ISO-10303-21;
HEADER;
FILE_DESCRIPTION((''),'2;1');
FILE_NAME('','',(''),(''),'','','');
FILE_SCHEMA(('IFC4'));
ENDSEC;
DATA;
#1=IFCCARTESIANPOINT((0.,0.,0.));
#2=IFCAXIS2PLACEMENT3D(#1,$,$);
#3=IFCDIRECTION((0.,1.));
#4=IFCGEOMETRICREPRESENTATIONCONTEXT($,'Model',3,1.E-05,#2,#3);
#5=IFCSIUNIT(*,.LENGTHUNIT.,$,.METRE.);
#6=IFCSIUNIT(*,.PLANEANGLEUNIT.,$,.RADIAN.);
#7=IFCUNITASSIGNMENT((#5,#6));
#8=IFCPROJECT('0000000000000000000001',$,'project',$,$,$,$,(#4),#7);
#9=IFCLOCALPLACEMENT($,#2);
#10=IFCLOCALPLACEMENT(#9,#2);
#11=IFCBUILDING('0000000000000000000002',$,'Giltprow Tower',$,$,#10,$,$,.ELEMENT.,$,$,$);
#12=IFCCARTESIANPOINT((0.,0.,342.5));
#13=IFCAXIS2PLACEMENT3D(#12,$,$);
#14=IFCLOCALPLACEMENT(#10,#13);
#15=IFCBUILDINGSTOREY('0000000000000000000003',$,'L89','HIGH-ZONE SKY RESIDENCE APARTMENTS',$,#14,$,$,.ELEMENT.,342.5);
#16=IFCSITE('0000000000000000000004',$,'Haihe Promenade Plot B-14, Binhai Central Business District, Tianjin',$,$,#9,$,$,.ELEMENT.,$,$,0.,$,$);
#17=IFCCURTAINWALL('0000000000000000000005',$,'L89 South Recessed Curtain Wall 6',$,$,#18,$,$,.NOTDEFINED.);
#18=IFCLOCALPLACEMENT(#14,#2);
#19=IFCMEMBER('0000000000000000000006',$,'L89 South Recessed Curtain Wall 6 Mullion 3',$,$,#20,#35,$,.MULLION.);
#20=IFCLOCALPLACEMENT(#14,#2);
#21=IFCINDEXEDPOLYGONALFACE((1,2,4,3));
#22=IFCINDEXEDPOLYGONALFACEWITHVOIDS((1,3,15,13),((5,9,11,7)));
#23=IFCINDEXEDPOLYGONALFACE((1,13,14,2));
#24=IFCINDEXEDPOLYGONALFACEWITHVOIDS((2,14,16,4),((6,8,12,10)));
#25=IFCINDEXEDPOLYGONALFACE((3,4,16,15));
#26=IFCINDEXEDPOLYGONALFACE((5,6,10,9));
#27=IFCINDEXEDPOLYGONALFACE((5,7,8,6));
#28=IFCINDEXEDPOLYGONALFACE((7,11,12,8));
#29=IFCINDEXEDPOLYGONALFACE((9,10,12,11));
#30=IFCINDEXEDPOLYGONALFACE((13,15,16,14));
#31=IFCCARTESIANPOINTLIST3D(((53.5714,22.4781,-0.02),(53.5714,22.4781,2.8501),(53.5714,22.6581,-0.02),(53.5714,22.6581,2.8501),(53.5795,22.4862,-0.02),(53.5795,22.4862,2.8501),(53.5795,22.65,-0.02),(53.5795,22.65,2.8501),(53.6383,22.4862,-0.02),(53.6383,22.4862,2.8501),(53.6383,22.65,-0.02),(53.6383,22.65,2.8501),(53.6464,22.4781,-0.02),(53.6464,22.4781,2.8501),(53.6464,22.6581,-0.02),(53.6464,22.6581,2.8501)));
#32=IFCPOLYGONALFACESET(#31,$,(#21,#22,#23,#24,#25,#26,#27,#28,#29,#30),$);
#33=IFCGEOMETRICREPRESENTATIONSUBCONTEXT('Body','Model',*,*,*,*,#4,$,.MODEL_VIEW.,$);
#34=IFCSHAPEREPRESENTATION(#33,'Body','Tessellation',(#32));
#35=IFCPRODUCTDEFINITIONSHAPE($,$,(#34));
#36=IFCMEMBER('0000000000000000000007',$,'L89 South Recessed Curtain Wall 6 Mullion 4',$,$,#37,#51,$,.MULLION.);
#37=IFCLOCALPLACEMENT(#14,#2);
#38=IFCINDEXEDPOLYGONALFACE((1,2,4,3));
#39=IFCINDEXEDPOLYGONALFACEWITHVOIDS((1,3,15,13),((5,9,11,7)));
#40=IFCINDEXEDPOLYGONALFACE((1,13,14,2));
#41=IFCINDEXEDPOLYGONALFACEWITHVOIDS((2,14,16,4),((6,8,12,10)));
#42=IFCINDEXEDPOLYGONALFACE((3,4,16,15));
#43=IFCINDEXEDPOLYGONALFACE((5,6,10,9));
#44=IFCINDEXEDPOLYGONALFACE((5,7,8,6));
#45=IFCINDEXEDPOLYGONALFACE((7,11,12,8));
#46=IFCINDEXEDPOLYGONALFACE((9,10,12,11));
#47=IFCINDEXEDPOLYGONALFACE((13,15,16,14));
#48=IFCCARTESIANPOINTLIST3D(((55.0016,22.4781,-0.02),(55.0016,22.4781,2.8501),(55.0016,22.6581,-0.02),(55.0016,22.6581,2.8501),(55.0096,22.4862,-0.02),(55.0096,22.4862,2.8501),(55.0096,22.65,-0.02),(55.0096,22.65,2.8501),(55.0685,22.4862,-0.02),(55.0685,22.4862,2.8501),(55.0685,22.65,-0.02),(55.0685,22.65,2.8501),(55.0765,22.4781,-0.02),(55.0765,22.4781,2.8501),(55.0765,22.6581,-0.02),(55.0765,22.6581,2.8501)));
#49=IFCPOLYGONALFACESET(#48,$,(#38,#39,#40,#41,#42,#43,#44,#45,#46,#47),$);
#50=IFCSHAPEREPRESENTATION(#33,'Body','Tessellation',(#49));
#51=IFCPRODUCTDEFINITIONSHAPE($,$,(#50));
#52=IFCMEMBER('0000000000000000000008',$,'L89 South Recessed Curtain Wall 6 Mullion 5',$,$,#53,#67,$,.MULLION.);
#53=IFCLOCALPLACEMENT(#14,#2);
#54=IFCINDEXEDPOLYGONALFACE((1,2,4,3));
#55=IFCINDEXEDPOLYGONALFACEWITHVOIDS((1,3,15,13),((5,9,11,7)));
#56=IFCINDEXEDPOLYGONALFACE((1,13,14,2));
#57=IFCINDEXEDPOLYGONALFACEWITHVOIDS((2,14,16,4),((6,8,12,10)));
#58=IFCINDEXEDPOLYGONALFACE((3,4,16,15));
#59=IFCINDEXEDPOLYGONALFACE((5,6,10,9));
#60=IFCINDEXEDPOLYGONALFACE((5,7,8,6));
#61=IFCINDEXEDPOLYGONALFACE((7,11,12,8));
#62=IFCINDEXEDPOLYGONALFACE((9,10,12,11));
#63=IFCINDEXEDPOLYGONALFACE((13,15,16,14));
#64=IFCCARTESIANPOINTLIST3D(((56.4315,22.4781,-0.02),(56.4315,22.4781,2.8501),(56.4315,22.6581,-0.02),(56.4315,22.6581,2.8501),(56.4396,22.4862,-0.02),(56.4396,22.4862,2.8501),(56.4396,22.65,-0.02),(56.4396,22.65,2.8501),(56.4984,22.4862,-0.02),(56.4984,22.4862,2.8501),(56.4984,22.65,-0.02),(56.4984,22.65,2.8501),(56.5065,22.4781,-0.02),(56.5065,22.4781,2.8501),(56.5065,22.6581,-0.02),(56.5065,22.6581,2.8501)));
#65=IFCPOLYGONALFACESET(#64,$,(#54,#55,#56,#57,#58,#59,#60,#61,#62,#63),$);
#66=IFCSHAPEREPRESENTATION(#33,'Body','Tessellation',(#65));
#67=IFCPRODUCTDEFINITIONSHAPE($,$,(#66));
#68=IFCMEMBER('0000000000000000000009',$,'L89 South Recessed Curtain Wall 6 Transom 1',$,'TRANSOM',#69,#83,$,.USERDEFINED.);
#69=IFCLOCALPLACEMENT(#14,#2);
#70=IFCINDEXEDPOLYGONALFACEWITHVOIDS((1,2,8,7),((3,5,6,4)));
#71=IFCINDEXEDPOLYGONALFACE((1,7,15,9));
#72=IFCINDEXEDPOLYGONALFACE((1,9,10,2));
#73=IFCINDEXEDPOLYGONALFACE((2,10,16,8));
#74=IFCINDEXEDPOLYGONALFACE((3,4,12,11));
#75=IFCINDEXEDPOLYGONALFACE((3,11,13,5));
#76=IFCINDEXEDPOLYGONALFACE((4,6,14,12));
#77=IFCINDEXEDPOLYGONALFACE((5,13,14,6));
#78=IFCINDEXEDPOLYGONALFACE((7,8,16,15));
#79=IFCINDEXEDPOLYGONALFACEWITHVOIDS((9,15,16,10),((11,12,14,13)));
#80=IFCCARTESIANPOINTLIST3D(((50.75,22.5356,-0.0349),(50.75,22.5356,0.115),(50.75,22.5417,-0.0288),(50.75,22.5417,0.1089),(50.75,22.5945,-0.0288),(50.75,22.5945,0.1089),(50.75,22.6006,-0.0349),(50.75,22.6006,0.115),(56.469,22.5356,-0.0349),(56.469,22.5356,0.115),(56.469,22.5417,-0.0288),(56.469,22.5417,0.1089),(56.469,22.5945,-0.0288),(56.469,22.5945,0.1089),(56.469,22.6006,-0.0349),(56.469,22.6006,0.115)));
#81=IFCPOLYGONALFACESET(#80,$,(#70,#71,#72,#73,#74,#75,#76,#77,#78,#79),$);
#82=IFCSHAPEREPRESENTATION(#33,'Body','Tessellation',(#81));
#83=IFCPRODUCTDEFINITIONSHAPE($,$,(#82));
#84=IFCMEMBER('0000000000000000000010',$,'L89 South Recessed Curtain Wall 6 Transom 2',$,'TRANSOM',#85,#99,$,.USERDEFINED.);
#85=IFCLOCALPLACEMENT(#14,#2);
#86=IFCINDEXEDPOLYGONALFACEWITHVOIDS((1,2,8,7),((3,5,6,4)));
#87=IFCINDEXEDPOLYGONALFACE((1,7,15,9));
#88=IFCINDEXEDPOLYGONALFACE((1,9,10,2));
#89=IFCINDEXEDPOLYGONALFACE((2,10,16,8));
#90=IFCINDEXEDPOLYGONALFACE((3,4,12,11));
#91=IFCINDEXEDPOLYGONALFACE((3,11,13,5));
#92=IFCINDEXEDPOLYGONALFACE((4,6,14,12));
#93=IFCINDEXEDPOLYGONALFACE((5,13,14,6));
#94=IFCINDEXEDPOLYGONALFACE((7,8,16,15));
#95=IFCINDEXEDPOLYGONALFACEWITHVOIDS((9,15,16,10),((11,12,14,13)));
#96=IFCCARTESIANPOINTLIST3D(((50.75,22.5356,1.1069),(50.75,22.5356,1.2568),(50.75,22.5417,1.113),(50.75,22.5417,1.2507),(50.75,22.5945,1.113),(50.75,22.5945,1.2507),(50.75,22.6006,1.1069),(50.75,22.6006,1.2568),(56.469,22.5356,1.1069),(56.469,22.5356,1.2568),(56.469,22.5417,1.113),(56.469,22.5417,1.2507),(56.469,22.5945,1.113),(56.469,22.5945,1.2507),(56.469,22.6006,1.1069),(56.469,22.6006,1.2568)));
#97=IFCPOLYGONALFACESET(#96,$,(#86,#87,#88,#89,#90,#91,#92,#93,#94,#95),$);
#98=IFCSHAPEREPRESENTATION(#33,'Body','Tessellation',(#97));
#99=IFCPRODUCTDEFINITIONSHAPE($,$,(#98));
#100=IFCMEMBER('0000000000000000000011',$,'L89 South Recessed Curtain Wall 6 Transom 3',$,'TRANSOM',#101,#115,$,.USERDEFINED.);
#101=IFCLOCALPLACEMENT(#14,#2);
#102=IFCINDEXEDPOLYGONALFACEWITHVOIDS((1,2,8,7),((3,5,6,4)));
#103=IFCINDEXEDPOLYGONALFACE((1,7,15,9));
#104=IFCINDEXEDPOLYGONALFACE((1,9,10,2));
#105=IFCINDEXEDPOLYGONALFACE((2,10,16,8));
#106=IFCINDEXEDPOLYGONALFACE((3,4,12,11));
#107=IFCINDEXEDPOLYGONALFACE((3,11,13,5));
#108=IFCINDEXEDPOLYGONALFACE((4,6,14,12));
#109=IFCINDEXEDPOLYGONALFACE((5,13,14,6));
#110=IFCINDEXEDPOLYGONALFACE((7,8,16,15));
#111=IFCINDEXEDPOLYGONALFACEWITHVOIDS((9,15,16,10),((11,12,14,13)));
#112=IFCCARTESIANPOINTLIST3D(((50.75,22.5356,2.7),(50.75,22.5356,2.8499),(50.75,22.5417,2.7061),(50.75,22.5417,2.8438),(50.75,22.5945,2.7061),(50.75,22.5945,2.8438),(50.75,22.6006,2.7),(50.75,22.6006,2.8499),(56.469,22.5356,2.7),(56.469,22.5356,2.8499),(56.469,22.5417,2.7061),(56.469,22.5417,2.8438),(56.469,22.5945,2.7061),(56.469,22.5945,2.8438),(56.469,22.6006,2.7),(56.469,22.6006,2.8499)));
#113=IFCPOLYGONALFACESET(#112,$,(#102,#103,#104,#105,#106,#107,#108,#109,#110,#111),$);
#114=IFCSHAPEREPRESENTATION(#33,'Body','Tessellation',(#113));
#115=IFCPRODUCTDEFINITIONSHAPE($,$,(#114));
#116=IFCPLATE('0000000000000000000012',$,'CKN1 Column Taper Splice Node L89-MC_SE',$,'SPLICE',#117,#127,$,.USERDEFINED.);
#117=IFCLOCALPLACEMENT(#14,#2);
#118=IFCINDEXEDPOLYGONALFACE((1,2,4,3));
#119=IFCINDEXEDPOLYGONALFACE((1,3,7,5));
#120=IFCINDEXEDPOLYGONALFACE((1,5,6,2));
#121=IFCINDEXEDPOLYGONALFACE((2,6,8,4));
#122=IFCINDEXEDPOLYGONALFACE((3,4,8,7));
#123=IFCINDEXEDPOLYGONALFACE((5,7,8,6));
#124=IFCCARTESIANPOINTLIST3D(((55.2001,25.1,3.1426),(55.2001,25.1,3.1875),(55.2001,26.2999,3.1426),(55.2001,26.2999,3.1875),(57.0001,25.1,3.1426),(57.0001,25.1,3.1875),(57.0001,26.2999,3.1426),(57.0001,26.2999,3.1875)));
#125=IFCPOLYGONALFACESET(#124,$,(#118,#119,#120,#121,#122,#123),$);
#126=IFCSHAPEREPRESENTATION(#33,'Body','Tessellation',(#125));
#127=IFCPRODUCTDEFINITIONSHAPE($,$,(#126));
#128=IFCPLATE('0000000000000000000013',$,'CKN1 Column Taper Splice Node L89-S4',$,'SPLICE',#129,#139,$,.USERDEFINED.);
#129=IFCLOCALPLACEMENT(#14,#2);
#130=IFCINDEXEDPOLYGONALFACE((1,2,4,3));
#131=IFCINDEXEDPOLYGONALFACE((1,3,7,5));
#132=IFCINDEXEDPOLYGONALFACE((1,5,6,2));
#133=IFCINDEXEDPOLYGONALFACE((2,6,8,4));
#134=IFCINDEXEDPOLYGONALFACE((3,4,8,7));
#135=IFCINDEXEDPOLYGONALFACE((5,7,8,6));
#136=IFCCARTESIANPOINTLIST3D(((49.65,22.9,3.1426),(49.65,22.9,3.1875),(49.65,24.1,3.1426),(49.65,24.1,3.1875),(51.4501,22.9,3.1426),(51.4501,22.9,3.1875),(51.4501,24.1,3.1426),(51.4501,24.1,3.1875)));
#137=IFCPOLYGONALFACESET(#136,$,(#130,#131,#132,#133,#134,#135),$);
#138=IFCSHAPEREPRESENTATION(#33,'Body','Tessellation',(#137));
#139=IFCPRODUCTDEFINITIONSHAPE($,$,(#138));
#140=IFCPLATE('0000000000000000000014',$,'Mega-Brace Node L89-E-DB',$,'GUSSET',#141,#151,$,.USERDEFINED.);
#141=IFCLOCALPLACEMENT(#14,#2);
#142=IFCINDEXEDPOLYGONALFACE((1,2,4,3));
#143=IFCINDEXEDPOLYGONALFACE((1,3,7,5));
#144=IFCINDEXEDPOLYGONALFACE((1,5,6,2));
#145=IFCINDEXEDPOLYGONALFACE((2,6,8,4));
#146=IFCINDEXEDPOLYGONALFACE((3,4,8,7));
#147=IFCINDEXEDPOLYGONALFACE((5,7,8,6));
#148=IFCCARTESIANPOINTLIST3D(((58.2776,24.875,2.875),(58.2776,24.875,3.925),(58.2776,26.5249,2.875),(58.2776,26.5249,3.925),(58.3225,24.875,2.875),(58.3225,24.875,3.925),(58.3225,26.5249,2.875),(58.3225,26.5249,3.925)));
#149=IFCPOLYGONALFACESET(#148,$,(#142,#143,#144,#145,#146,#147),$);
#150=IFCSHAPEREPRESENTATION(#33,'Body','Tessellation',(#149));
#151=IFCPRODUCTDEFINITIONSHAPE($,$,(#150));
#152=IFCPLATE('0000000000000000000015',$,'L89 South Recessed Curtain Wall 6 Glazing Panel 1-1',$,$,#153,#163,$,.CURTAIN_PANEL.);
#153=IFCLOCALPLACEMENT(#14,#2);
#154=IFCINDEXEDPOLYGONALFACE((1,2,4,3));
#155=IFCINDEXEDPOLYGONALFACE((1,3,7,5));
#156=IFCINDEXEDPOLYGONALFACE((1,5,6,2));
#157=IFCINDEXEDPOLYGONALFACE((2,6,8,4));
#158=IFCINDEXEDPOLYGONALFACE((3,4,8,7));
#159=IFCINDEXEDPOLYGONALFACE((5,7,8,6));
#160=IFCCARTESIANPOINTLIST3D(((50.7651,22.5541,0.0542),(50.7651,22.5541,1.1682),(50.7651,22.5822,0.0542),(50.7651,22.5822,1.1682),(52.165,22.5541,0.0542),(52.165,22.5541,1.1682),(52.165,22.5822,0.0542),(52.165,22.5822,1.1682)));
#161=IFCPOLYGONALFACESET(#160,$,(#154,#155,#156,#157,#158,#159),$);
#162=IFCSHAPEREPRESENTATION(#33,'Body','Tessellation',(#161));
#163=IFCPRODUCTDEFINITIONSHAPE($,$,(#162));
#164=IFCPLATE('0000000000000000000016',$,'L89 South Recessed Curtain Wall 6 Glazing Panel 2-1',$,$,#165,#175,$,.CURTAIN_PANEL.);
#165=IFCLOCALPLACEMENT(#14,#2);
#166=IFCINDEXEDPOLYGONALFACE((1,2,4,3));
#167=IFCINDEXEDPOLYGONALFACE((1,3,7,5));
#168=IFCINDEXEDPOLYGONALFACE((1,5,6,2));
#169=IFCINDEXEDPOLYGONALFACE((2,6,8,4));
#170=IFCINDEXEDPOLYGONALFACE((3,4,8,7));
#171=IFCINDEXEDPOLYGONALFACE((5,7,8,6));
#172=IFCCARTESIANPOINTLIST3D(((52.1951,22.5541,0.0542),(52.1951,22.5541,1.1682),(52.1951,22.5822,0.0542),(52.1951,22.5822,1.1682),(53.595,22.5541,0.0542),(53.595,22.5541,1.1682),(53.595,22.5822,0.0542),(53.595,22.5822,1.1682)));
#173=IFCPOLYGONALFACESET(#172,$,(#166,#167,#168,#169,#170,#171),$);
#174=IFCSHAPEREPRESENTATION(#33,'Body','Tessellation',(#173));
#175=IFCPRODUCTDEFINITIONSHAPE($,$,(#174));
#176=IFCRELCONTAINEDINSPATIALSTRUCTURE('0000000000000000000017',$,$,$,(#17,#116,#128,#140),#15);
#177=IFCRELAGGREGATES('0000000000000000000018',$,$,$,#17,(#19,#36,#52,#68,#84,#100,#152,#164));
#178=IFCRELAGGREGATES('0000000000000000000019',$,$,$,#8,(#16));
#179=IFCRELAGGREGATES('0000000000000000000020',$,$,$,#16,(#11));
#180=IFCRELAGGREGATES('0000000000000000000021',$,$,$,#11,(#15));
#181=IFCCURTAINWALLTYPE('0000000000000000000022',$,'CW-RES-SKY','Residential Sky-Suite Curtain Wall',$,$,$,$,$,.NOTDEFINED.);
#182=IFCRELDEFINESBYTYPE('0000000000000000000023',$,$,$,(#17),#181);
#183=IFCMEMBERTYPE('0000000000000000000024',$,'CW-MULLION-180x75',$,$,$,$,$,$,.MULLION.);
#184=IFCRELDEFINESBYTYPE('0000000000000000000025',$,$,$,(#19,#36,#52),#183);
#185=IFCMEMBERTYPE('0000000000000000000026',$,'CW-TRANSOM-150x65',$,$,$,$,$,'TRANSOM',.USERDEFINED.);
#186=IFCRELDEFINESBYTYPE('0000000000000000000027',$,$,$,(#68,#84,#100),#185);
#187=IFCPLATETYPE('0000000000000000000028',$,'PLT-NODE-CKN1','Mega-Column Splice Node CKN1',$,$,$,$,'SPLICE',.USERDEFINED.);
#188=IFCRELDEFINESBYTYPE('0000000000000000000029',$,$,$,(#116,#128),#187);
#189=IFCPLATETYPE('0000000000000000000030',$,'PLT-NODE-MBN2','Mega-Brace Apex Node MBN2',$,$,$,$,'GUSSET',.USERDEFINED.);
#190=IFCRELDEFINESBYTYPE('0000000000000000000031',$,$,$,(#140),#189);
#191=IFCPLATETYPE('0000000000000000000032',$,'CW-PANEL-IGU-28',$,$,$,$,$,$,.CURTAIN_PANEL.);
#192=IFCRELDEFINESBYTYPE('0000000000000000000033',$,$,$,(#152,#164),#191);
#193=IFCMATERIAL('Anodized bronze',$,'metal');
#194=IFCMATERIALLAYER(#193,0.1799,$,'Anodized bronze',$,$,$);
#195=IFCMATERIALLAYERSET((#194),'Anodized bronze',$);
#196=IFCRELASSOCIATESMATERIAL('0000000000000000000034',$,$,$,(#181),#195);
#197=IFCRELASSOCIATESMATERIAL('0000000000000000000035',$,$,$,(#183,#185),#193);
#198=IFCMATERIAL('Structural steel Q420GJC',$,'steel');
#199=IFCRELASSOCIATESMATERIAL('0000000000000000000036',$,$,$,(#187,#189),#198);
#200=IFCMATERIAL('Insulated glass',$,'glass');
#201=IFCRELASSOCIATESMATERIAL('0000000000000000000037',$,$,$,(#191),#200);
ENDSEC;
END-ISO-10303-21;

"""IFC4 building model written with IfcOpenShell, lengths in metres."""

from ifc_helpers import new_model, si_unit, direction, frame, origin, origin_2d, place, context, subcontext, project, spatial, rectangle, hollow_rectangle, extrude, source, transform, mapped, material, layer, layer_set, material_profile, profile_set, type_object, element, aggregate, save


model = new_model("IFC4")

# Units and contexts
model_context = context("Model", 3, precision=1e-05, world=origin(), true_north=direction((0.0, 1.0)))
body_context = subcontext(model_context, "Body", "Model", "MODEL_VIEW")
ifc_project = project(units=[si_unit("LENGTHUNIT", "METRE"), si_unit("PLANEANGLEUNIT", "RADIAN")], contexts=[model_context])

# Site, building, storey
site_placement = place(None, origin())
site = spatial("IfcSite", under=ifc_project, at=site_placement, Name="Haihe Promenade Plot B-14, Binhai Central Business District, Tianjin", CompositionType="ELEMENT", RefElevation=0.0)
building_placement = place(site_placement, origin())
building = spatial("IfcBuilding", under=site, at=building_placement, Name="Giltprow Tower", CompositionType="ELEMENT")
storey_placement = place(building_placement, frame((0.0, 0.0, 342.5)))
storey = spatial("IfcBuildingStorey", under=building, at=storey_placement, Name="L89", Description="HIGH-ZONE SKY RESIDENCE APARTMENTS", CompositionType="ELEMENT", Elevation=342.5)

# Shared definitions
ifc_material_1 = material(Name="Structural steel Q420GJC", Category="steel")

# Curtain wall, members
ifc_material_2 = material(Name="Anodized bronze", Category="metal")
ifc_layer_1 = layer(ifc_material_2, 0.1799, Name="Anodized bronze")
ifc_layer_set_1 = layer_set([ifc_layer_1], Name="Anodized bronze")
curtain_wall_type = type_object("IfcCurtainWallType", Name="CW-RES-SKY", Description="Residential Sky-Suite Curtain Wall", PredefinedType="NOTDEFINED", material=ifc_layer_set_1)
curtain_wall_placement = place(storey_placement, origin())
curtain_wall = element("IfcCurtainWall", 1, at=curtain_wall_placement, inside=storey, type_object=curtain_wall_type, Name="L89 South Recessed Curtain Wall 6", PredefinedType="NOTDEFINED")
ifc_material_profile_1 = material_profile(ifc_material_2, hollow_rectangle(XDim=0.075, YDim=0.1799, WallThickness=0.0081, at=origin_2d()), Name="RHS 180x75x8")
ifc_profile_set_1 = profile_set([ifc_material_profile_1], Name="Anodized bronze")
member_type_1 = type_object("IfcMemberType", Name="CW-MULLION-180x75", PredefinedType="MULLION", material=ifc_profile_set_1)
shared_shape_1 = source(origin(), body_context, "Body", "SweptSolid", [
    extrude(hollow_rectangle(XDim=0.075, YDim=0.1799, WallThickness=0.0081, at=origin_2d()), origin(), (0.0, 0.0, 1.0), 2.8701),
])
member_1_placement = place(storey_placement, frame((53.6089, 22.5681, -0.02), z_axis=(0.0, 0.0, 1.0), x_axis=(1.0, 0.0, 0.0)))
member_1 = element("IfcMember", 2, at=member_1_placement, type_object=member_type_1, Name="L89 South Recessed Curtain Wall 6 Mullion 3", PredefinedType="MULLION", context=body_context, shape_type="MappedRepresentation", body=[
    mapped(shared_shape_1, transform((0.0, 0.0, 0.0), x_axis=(1.0, 0.0, 0.0), y_axis=(0.0, 1.0, 0.0), z_axis=(0.0, 0.0, 1.0), scale=1.0)),
])
member_2_placement = place(storey_placement, frame((55.0391, 22.5681, -0.02), z_axis=(0.0, 0.0, 1.0), x_axis=(1.0, 0.0, 0.0)))
member_2 = element("IfcMember", 3, at=member_2_placement, type_object=member_type_1, Name="L89 South Recessed Curtain Wall 6 Mullion 4", PredefinedType="MULLION", context=body_context, shape_type="MappedRepresentation", body=[
    mapped(shared_shape_1, transform((0.0, 0.0, 0.0), x_axis=(1.0, 0.0, 0.0), y_axis=(0.0, 1.0, 0.0), z_axis=(0.0, 0.0, 1.0), scale=1.0)),
])
member_3_placement = place(storey_placement, frame((56.469, 22.5681, -0.02), z_axis=(0.0, 0.0, 1.0), x_axis=(1.0, 0.0, 0.0)))
member_3 = element("IfcMember", 4, at=member_3_placement, type_object=member_type_1, Name="L89 South Recessed Curtain Wall 6 Mullion 5", PredefinedType="MULLION", context=body_context, shape_type="MappedRepresentation", body=[
    mapped(shared_shape_1, transform((0.0, 0.0, 0.0), x_axis=(1.0, 0.0, 0.0), y_axis=(0.0, 1.0, 0.0), z_axis=(0.0, 0.0, 1.0), scale=1.0)),
])
ifc_material_profile_2 = material_profile(ifc_material_2, hollow_rectangle(XDim=0.0649, YDim=0.1499, WallThickness=0.0061, at=origin_2d()), Name="RHS 150x65x6")
ifc_profile_set_2 = profile_set([ifc_material_profile_2], Name="Anodized bronze")
member_type_2 = type_object("IfcMemberType", Name="CW-TRANSOM-150x65", ElementType="TRANSOM", PredefinedType="USERDEFINED", material=ifc_profile_set_2)
shared_shape_2 = source(origin(), body_context, "Body", "SweptSolid", [
    extrude(hollow_rectangle(XDim=0.0649, YDim=0.1499, WallThickness=0.0061, at=origin_2d()), origin(), (0.0, 0.0, 1.0), 5.719),
])
member_4_placement = place(storey_placement, frame((50.75, 22.5681, 0.04), z_axis=(1.0, 0.0, 0.0), x_axis=(0.0, 1.0, 0.0)))
member_4 = element("IfcMember", 5, at=member_4_placement, type_object=member_type_2, Name="L89 South Recessed Curtain Wall 6 Transom 1", ObjectType="TRANSOM", PredefinedType="USERDEFINED", context=body_context, shape_type="MappedRepresentation", body=[
    mapped(shared_shape_2, transform((0.0, 0.0, 0.0), x_axis=(1.0, 0.0, 0.0), y_axis=(0.0, 1.0, 0.0), z_axis=(0.0, 0.0, 1.0), scale=1.0)),
])
member_5_placement = place(storey_placement, frame((50.75, 22.5681, 1.1819), z_axis=(1.0, 0.0, 0.0), x_axis=(0.0, 1.0, 0.0)))
member_5 = element("IfcMember", 6, at=member_5_placement, type_object=member_type_2, Name="L89 South Recessed Curtain Wall 6 Transom 2", ObjectType="TRANSOM", PredefinedType="USERDEFINED", context=body_context, shape_type="MappedRepresentation", body=[
    mapped(shared_shape_2, transform((0.0, 0.0, 0.0), x_axis=(1.0, 0.0, 0.0), y_axis=(0.0, 1.0, 0.0), z_axis=(0.0, 0.0, 1.0), scale=1.0)),
])
member_6_placement = place(storey_placement, frame((50.75, 22.5681, 2.7749), z_axis=(1.0, 0.0, 0.0), x_axis=(0.0, 1.0, 0.0)))
member_6 = element("IfcMember", 7, at=member_6_placement, type_object=member_type_2, Name="L89 South Recessed Curtain Wall 6 Transom 3", ObjectType="TRANSOM", PredefinedType="USERDEFINED", context=body_context, shape_type="MappedRepresentation", body=[
    mapped(shared_shape_2, transform((0.0, 0.0, 0.0), x_axis=(1.0, 0.0, 0.0), y_axis=(0.0, 1.0, 0.0), z_axis=(0.0, 0.0, 1.0), scale=1.0)),
])

# Plates
plate_type_1 = type_object("IfcPlateType", Name="PLT-NODE-CKN1", Description="Mega-Column Splice Node CKN1", ElementType="SPLICE", PredefinedType="USERDEFINED", material=ifc_material_1)
shared_shape_3 = source(origin(), body_context, "Body", "SweptSolid", [
    extrude(rectangle(XDim=1.8, YDim=1.2, at=origin_2d()), origin(), (0.0, 0.0, 1.0), 0.0449),
])
for number, where, z_axis, x_axis, name in (
    (8, (56.1001, 25.7, 3.1426), (0.0, 0.0, 1.0), (1.0, 0.0, 0.0), "CKN1 Column Taper Splice Node L89-MC_SE"),
    (9, (50.55, 23.5, 3.1426), (0.0, 0.0, 1.0), (1.0, 0.0, 0.0), "CKN1 Column Taper Splice Node L89-S4"),
):
    element("IfcPlate", number, at=place(storey_placement, frame(where, z_axis=z_axis, x_axis=x_axis)), inside=storey, type_object=plate_type_1, Name=name, ObjectType="SPLICE", PredefinedType="USERDEFINED", context=body_context, shape_type="MappedRepresentation", body=[
        mapped(shared_shape_3, transform((0.0, 0.0, 0.0), x_axis=(1.0, 0.0, 0.0), y_axis=(0.0, 1.0, 0.0), z_axis=(0.0, 0.0, 1.0), scale=1.0)),
    ])
plate_type_2 = type_object("IfcPlateType", Name="PLT-NODE-MBN2", Description="Mega-Brace Apex Node MBN2", ElementType="GUSSET", PredefinedType="USERDEFINED", material=ifc_material_1)
shared_shape_4 = source(origin(), body_context, "Body", "SweptSolid", [
    extrude(rectangle(XDim=1.6499, YDim=0.0449, at=origin_2d()), origin(), (0.0, 0.0, 1.0), 1.05),
])
plate_1_placement = place(storey_placement, frame((58.3, 25.7, 2.875), z_axis=(0.0, 0.0, 1.0), x_axis=(0.0, 1.0, 0.0)))
element("IfcPlate", 10, at=plate_1_placement, inside=storey, type_object=plate_type_2, Name="Mega-Brace Node L89-E-DB", ObjectType="GUSSET", PredefinedType="USERDEFINED", context=body_context, shape_type="MappedRepresentation", body=[
    mapped(shared_shape_4, transform((0.0, 0.0, 0.0), x_axis=(1.0, 0.0, 0.0), y_axis=(0.0, 1.0, 0.0), z_axis=(0.0, 0.0, 1.0), scale=1.0)),
])

# Plates
ifc_material_3 = material(Name="Insulated glass", Category="glass")
plate_type_3 = type_object("IfcPlateType", Name="CW-PANEL-IGU-28", PredefinedType="CURTAIN_PANEL", material=ifc_material_3)
shared_shape_5 = source(origin(), body_context, "Body", "SweptSolid", [
    extrude(rectangle(XDim=1.3999, YDim=0.0281, at=origin_2d()), origin(), (0.0, 0.0, 1.0), 1.114),
])
plate_2_placement = place(storey_placement, frame((51.4651, 22.5681, 0.0542), z_axis=(0.0, 0.0, 1.0), x_axis=(1.0, 0.0, 0.0)))
plate_2 = element("IfcPlate", 11, at=plate_2_placement, type_object=plate_type_3, Name="L89 South Recessed Curtain Wall 6 Glazing Panel 1-1", PredefinedType="CURTAIN_PANEL", context=body_context, shape_type="MappedRepresentation", body=[
    mapped(shared_shape_5, transform((0.0, 0.0, 0.0), x_axis=(1.0, 0.0, 0.0), y_axis=(0.0, 1.0, 0.0), z_axis=(0.0, 0.0, 1.0), scale=1.0)),
])
plate_3_placement = place(storey_placement, frame((52.895, 22.5681, 0.0542), z_axis=(0.0, 0.0, 1.0), x_axis=(1.0, 0.0, 0.0)))
plate_3 = element("IfcPlate", 12, at=plate_3_placement, type_object=plate_type_3, Name="L89 South Recessed Curtain Wall 6 Glazing Panel 2-1", PredefinedType="CURTAIN_PANEL", context=body_context, shape_type="MappedRepresentation", body=[
    mapped(shared_shape_5, transform((0.0, 0.0, 0.0), x_axis=(1.0, 0.0, 0.0), y_axis=(0.0, 1.0, 0.0), z_axis=(0.0, 0.0, 1.0), scale=1.0)),
])
aggregate(curtain_wall, [member_1, member_2, member_3, member_4, member_5, member_6, plate_2, plate_3])

save(model, "model.ifc")
